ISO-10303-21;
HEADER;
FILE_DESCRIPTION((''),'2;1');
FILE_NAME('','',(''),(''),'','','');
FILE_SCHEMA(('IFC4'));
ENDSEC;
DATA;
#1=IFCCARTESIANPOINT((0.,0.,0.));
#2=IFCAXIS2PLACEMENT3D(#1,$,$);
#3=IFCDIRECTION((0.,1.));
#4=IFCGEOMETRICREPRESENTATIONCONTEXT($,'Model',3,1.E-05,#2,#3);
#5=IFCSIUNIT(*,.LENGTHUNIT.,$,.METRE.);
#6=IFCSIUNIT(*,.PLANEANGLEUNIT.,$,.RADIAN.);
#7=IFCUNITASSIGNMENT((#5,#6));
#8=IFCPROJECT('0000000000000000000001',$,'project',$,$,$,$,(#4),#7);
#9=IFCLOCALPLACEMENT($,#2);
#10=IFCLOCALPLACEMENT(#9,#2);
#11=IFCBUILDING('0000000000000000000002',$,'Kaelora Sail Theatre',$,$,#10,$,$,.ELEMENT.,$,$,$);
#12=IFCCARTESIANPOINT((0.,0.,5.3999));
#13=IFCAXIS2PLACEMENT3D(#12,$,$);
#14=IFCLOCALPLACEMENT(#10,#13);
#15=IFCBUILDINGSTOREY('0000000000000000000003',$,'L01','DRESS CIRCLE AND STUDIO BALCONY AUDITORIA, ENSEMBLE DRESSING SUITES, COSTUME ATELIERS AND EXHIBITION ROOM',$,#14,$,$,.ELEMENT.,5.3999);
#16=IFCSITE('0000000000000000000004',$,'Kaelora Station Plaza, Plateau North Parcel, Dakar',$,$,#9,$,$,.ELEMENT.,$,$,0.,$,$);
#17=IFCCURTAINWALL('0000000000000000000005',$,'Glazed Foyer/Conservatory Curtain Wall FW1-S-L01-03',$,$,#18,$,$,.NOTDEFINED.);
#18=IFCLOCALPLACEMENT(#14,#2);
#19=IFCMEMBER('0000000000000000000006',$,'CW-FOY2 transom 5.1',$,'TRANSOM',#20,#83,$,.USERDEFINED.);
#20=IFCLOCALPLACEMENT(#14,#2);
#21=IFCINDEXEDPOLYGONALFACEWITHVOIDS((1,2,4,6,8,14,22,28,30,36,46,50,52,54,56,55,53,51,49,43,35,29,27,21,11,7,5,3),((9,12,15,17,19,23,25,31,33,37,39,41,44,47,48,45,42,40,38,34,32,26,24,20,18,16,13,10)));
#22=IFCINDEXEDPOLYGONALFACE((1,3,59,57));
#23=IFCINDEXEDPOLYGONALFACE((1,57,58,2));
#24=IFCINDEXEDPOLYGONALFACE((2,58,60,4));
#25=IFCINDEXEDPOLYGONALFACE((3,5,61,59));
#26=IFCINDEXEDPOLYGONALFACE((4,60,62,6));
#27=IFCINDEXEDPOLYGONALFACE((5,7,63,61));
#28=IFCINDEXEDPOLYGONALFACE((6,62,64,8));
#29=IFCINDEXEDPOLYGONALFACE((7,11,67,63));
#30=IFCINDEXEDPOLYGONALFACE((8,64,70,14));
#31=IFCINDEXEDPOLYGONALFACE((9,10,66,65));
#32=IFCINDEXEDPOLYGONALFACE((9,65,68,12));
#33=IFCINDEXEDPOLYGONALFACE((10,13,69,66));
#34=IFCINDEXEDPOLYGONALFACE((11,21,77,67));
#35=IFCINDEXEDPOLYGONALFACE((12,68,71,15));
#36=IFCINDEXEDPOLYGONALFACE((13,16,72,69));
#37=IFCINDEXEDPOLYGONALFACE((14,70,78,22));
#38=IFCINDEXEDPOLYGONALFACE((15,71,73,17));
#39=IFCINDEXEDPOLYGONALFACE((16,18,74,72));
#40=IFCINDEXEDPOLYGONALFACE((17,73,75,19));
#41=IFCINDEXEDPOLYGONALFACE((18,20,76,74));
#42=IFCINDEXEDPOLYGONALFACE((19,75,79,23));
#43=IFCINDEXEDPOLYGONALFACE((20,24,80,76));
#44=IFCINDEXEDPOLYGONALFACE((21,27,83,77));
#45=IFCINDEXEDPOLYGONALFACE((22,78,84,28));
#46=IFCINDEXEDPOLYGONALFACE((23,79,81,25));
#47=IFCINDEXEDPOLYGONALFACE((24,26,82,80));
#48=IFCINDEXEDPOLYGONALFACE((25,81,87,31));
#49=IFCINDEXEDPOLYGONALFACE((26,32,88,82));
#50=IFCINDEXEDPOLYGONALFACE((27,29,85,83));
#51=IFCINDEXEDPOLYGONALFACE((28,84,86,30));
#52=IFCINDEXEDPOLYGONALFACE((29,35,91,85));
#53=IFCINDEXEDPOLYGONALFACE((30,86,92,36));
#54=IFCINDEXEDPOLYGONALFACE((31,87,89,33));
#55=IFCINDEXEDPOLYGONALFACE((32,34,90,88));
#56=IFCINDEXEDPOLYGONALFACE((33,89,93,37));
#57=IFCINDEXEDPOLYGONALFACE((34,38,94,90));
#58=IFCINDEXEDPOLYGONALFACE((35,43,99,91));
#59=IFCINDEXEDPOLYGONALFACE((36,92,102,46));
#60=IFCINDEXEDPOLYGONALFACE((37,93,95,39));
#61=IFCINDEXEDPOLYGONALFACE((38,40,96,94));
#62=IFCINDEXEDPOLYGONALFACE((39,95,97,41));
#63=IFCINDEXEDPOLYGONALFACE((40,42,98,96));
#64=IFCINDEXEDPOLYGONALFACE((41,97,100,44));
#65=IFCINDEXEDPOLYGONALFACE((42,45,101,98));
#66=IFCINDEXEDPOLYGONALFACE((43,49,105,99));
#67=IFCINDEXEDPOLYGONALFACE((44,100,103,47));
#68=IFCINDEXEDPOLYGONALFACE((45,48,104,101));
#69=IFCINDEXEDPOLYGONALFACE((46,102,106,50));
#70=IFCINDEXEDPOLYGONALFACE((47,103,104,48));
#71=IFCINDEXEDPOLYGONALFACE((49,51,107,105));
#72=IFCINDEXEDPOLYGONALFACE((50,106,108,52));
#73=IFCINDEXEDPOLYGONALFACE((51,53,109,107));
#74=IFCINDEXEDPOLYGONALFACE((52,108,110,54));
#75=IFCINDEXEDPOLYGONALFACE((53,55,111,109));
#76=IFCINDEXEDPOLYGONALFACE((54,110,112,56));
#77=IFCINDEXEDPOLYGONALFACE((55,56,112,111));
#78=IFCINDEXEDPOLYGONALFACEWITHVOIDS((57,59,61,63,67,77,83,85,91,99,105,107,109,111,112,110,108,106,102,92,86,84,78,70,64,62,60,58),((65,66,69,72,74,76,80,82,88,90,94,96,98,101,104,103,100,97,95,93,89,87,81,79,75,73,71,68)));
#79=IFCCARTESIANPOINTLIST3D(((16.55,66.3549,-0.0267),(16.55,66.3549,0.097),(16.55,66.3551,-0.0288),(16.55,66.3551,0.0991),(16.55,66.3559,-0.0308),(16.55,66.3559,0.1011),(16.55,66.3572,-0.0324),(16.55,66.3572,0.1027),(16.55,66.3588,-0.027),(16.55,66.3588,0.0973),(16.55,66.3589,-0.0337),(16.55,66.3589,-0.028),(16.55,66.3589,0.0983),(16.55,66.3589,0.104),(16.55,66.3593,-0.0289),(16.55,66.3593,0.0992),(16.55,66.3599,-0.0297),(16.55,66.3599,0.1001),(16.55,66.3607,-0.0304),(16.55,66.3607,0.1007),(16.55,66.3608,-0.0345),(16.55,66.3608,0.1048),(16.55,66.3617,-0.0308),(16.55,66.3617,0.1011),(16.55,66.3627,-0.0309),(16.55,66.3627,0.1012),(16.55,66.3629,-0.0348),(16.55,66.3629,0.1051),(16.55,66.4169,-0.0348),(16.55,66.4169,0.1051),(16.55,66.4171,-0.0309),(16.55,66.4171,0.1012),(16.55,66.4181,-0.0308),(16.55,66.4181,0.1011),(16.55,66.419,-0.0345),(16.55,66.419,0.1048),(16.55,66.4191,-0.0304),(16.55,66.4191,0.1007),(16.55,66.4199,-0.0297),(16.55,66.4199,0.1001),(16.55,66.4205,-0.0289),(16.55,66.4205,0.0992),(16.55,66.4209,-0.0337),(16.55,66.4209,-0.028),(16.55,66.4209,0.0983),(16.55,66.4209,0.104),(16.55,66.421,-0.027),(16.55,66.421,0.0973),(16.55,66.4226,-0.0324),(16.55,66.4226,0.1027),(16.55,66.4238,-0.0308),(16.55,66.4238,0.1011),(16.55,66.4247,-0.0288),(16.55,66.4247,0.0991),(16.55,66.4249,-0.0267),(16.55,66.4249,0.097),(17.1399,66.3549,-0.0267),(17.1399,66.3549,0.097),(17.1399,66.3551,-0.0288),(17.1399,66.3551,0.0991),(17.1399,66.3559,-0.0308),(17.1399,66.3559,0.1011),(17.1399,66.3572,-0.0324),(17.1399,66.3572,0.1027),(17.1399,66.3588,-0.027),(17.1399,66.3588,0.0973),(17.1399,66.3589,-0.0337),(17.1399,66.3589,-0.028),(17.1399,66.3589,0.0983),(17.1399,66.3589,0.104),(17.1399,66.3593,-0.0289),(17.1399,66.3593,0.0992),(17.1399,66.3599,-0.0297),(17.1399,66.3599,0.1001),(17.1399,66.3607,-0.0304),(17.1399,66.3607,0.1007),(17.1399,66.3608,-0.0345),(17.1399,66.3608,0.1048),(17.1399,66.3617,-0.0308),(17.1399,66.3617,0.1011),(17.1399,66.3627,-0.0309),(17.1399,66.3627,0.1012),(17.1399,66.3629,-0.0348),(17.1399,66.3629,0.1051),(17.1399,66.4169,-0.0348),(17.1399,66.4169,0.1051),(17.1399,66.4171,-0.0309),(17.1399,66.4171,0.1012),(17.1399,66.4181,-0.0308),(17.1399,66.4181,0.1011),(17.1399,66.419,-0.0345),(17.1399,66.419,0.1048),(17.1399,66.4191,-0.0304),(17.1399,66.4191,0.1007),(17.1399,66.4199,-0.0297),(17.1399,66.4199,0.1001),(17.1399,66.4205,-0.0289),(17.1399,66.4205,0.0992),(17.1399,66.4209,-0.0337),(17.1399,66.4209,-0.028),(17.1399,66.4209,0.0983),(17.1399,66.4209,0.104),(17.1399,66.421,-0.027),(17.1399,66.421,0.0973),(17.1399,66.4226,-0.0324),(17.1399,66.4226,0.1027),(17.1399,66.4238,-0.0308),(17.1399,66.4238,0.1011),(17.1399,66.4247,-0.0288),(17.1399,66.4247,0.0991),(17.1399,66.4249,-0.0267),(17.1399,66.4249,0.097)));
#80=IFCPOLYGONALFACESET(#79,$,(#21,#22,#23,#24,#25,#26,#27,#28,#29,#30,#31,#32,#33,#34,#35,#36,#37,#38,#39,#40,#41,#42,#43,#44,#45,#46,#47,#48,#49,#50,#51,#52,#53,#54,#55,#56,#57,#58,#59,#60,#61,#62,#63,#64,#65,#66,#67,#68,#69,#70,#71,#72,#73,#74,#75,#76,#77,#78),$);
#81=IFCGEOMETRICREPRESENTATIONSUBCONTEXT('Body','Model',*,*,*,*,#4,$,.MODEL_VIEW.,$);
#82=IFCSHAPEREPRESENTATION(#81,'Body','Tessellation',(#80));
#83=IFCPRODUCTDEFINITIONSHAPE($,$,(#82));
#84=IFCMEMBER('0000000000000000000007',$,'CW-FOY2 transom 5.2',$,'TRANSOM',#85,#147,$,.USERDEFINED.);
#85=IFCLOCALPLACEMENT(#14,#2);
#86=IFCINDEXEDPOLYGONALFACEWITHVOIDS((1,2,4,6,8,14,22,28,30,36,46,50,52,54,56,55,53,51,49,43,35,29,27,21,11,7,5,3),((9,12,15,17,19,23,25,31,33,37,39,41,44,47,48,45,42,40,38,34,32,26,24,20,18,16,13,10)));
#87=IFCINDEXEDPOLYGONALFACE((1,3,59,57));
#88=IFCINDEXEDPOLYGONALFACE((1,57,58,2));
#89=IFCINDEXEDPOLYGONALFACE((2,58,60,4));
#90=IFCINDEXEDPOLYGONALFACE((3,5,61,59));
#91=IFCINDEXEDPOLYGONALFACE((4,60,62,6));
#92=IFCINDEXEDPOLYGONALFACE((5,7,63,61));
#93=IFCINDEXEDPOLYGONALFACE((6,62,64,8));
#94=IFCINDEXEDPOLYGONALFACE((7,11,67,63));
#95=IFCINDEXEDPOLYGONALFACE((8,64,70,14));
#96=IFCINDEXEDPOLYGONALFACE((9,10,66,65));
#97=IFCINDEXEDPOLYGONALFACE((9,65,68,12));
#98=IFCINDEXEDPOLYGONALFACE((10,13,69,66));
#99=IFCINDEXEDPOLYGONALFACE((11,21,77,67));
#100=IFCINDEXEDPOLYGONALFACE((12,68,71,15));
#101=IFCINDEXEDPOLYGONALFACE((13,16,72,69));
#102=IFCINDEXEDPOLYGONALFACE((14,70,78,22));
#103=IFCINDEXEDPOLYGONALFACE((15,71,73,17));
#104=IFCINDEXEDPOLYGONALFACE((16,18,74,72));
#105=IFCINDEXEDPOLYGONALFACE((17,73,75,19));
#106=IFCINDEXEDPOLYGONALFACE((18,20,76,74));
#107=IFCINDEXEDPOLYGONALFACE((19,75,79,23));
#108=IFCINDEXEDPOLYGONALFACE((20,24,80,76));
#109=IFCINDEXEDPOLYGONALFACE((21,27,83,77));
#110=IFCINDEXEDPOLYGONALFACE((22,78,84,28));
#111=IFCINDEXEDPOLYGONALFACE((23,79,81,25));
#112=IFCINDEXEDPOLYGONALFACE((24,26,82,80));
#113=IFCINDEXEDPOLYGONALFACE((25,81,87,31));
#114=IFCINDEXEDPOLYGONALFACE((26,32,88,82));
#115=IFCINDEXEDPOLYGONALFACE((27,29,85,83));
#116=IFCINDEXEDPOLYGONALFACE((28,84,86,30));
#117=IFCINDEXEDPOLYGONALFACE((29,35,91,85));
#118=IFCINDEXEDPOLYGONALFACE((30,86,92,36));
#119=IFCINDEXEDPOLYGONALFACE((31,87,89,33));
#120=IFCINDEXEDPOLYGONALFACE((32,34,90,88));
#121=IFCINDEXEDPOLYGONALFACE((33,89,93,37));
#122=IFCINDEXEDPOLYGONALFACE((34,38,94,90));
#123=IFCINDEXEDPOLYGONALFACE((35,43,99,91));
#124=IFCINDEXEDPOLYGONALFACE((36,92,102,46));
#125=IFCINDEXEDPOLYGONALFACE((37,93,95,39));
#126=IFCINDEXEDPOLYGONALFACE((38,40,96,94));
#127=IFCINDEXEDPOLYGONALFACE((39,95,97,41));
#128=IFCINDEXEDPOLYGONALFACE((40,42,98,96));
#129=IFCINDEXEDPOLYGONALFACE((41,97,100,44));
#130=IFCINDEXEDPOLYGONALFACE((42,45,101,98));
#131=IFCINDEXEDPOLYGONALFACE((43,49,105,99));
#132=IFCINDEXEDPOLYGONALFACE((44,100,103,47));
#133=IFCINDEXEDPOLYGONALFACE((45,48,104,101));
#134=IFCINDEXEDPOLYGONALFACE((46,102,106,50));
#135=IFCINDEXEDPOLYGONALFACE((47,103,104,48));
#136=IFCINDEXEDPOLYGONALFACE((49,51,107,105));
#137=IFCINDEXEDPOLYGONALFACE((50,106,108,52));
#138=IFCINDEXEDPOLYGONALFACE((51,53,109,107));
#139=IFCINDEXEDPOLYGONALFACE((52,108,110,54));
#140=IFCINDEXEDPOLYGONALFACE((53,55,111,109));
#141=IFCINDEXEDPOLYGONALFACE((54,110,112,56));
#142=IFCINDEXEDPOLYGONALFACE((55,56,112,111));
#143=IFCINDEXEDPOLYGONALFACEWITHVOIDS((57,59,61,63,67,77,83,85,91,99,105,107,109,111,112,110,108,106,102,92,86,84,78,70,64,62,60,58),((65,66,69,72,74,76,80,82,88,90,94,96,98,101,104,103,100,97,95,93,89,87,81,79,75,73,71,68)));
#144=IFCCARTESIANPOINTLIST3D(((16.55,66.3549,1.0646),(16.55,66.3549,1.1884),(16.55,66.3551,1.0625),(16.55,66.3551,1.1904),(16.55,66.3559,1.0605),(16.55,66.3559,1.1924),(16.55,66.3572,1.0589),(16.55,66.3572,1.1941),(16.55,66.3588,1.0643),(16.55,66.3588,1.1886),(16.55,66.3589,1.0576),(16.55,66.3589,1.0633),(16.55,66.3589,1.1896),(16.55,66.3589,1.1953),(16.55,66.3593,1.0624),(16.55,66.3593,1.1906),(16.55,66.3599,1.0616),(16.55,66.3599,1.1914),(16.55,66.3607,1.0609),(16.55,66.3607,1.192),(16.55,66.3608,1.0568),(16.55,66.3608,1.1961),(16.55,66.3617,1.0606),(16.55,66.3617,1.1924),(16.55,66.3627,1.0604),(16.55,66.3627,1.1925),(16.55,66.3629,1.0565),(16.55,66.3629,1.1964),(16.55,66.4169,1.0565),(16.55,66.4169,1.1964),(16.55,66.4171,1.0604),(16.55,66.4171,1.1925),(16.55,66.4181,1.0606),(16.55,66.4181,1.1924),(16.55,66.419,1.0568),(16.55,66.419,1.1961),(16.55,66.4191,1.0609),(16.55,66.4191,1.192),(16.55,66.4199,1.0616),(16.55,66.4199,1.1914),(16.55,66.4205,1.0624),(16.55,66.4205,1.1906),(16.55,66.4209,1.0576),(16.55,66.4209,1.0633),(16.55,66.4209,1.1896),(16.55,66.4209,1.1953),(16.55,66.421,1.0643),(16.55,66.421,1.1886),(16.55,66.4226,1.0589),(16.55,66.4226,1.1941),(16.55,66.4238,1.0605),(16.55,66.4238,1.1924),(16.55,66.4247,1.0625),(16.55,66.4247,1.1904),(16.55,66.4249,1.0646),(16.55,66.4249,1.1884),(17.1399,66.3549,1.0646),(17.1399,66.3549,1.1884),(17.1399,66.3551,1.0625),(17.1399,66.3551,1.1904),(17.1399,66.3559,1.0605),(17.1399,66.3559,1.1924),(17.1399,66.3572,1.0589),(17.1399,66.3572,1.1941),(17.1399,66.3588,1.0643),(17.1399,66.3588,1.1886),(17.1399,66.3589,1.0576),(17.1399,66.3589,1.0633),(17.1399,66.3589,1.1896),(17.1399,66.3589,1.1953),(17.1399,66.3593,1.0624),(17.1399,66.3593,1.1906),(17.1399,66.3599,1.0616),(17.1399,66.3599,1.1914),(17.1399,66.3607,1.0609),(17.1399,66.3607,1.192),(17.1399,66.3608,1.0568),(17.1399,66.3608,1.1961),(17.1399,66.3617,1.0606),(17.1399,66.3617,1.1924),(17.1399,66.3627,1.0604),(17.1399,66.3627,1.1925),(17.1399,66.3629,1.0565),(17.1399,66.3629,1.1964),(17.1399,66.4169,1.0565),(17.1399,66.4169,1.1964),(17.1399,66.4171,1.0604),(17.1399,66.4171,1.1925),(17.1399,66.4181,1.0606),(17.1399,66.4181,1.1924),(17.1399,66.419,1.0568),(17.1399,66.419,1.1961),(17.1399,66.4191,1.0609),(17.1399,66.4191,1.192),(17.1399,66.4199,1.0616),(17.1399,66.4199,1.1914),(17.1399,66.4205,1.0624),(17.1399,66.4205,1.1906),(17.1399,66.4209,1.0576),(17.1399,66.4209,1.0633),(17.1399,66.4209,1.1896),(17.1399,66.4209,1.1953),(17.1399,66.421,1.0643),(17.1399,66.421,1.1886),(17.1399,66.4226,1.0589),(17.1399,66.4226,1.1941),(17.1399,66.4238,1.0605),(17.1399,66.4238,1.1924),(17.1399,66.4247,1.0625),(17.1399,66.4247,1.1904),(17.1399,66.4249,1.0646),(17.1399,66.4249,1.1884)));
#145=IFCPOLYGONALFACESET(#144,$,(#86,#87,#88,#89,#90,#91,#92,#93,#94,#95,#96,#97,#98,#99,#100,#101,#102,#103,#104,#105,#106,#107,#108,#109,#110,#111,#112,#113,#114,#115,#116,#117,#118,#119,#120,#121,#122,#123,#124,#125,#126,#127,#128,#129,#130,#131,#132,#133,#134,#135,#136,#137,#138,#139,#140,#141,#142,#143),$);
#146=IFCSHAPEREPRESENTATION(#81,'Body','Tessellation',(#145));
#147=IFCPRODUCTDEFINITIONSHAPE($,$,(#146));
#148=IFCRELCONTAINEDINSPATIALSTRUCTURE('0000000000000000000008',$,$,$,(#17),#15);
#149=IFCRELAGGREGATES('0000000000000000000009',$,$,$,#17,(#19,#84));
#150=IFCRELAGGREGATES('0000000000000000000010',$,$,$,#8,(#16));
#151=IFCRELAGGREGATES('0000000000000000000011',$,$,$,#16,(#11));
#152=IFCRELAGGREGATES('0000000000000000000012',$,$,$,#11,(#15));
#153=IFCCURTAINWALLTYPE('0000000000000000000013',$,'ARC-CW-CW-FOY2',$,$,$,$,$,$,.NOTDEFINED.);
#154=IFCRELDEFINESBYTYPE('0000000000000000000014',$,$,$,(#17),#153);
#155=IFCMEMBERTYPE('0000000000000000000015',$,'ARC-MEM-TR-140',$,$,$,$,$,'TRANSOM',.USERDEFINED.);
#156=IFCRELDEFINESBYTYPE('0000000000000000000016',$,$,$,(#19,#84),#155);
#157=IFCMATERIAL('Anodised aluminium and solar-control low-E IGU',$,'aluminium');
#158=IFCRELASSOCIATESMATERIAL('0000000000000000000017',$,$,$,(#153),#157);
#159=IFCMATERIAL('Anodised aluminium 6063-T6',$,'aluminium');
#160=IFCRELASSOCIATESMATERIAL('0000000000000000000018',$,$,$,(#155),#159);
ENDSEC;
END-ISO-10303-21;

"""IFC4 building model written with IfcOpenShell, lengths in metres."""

from ifc_helpers import new_model, si_unit, direction, frame, origin, origin_2d, place, context, subcontext, project, spatial, hollow_rectangle, extrude, material, material_profile, profile_set, type_object, element, aggregate, save


model = new_model("IFC4")

# Units and contexts
model_context = context("Model", 3, precision=1e-05, world=origin(), true_north=direction((0.0, 1.0)))
body_context = subcontext(model_context, "Body", "Model", "MODEL_VIEW")
ifc_project = project(units=[si_unit("LENGTHUNIT", "METRE"), si_unit("PLANEANGLEUNIT", "RADIAN")], contexts=[model_context])

# Site, building, storey
site_placement = place(None, origin())
site = spatial("IfcSite", under=ifc_project, at=site_placement, Name="Kaelora Station Plaza, Plateau North Parcel, Dakar", CompositionType="ELEMENT", RefElevation=0.0)
building_placement = place(site_placement, origin())
building = spatial("IfcBuilding", under=site, at=building_placement, Name="Kaelora Sail Theatre", CompositionType="ELEMENT")
storey_placement = place(building_placement, frame((0.0, 0.0, 5.3999)))
storey = spatial("IfcBuildingStorey", under=building, at=storey_placement, Name="L01", Description="DRESS CIRCLE AND STUDIO BALCONY AUDITORIA, ENSEMBLE DRESSING SUITES, COSTUME ATELIERS AND EXHIBITION ROOM", CompositionType="ELEMENT", Elevation=5.3999)

# Curtain wall
ifc_material_1 = material(Name="Anodised aluminium and solar-control low-E IGU", Category="aluminium")
curtain_wall_type = type_object("IfcCurtainWallType", Name="ARC-CW-CW-FOY2", PredefinedType="NOTDEFINED", material=ifc_material_1)
curtain_wall_1_placement = place(storey_placement, origin())
curtain_wall_1 = element("IfcCurtainWall", 1, at=curtain_wall_1_placement, inside=storey, type_object=curtain_wall_type, Name="Glazed Foyer/Conservatory Curtain Wall FW1-S-L01-03", PredefinedType="NOTDEFINED")

# Members
ifc_material_2 = material(Name="Anodised aluminium 6063-T6", Category="aluminium")
ifc_material_profile_1 = material_profile(ifc_material_2, hollow_rectangle(XDim=0.0701, YDim=0.1399, WallThickness=0.0039, InnerFilletRadius=0.0039, OuterFilletRadius=0.0081, at=origin_2d()), Name="ALU-TRAN 70x140x4")
ifc_profile_set_1 = profile_set([ifc_material_profile_1], Name="Anodised aluminium 6063-T6")
member_type_1 = type_object("IfcMemberType", Name="ARC-MEM-TR-140", ElementType="TRANSOM", PredefinedType="USERDEFINED", material=ifc_profile_set_1)
member_1_placement = place(storey_placement, frame((16.55, 66.3899, 0.0352), z_axis=(1.0, 0.0, 0.0), x_axis=(0.0, 1.0, 0.0)))
member_1 = element("IfcMember", 2, at=member_1_placement, type_object=member_type_1, Name="CW-FOY2 transom 5.1", ObjectType="TRANSOM", PredefinedType="USERDEFINED", context=body_context, shape_type="SweptSolid", body=[
    extrude(hollow_rectangle(XDim=0.0701, YDim=0.1399, WallThickness=0.0039, InnerFilletRadius=0.0039, OuterFilletRadius=0.0081, at=origin_2d()), origin(), (0.0, 0.0, 1.0), 0.5898),
])
member_2_placement = place(storey_placement, frame((16.55, 66.3899, 1.1265), z_axis=(1.0, 0.0, 0.0), x_axis=(0.0, 1.0, 0.0)))
member_2 = element("IfcMember", 3, at=member_2_placement, type_object=member_type_1, Name="CW-FOY2 transom 5.2", ObjectType="TRANSOM", PredefinedType="USERDEFINED", context=body_context, shape_type="SweptSolid", body=[
    extrude(hollow_rectangle(XDim=0.0701, YDim=0.1399, WallThickness=0.0039, InnerFilletRadius=0.0039, OuterFilletRadius=0.0081, at=origin_2d()), origin(), (0.0, 0.0, 1.0), 0.5898),
])

aggregate(curtain_wall_1, [member_1, member_2])

save(model, "model.ifc")
